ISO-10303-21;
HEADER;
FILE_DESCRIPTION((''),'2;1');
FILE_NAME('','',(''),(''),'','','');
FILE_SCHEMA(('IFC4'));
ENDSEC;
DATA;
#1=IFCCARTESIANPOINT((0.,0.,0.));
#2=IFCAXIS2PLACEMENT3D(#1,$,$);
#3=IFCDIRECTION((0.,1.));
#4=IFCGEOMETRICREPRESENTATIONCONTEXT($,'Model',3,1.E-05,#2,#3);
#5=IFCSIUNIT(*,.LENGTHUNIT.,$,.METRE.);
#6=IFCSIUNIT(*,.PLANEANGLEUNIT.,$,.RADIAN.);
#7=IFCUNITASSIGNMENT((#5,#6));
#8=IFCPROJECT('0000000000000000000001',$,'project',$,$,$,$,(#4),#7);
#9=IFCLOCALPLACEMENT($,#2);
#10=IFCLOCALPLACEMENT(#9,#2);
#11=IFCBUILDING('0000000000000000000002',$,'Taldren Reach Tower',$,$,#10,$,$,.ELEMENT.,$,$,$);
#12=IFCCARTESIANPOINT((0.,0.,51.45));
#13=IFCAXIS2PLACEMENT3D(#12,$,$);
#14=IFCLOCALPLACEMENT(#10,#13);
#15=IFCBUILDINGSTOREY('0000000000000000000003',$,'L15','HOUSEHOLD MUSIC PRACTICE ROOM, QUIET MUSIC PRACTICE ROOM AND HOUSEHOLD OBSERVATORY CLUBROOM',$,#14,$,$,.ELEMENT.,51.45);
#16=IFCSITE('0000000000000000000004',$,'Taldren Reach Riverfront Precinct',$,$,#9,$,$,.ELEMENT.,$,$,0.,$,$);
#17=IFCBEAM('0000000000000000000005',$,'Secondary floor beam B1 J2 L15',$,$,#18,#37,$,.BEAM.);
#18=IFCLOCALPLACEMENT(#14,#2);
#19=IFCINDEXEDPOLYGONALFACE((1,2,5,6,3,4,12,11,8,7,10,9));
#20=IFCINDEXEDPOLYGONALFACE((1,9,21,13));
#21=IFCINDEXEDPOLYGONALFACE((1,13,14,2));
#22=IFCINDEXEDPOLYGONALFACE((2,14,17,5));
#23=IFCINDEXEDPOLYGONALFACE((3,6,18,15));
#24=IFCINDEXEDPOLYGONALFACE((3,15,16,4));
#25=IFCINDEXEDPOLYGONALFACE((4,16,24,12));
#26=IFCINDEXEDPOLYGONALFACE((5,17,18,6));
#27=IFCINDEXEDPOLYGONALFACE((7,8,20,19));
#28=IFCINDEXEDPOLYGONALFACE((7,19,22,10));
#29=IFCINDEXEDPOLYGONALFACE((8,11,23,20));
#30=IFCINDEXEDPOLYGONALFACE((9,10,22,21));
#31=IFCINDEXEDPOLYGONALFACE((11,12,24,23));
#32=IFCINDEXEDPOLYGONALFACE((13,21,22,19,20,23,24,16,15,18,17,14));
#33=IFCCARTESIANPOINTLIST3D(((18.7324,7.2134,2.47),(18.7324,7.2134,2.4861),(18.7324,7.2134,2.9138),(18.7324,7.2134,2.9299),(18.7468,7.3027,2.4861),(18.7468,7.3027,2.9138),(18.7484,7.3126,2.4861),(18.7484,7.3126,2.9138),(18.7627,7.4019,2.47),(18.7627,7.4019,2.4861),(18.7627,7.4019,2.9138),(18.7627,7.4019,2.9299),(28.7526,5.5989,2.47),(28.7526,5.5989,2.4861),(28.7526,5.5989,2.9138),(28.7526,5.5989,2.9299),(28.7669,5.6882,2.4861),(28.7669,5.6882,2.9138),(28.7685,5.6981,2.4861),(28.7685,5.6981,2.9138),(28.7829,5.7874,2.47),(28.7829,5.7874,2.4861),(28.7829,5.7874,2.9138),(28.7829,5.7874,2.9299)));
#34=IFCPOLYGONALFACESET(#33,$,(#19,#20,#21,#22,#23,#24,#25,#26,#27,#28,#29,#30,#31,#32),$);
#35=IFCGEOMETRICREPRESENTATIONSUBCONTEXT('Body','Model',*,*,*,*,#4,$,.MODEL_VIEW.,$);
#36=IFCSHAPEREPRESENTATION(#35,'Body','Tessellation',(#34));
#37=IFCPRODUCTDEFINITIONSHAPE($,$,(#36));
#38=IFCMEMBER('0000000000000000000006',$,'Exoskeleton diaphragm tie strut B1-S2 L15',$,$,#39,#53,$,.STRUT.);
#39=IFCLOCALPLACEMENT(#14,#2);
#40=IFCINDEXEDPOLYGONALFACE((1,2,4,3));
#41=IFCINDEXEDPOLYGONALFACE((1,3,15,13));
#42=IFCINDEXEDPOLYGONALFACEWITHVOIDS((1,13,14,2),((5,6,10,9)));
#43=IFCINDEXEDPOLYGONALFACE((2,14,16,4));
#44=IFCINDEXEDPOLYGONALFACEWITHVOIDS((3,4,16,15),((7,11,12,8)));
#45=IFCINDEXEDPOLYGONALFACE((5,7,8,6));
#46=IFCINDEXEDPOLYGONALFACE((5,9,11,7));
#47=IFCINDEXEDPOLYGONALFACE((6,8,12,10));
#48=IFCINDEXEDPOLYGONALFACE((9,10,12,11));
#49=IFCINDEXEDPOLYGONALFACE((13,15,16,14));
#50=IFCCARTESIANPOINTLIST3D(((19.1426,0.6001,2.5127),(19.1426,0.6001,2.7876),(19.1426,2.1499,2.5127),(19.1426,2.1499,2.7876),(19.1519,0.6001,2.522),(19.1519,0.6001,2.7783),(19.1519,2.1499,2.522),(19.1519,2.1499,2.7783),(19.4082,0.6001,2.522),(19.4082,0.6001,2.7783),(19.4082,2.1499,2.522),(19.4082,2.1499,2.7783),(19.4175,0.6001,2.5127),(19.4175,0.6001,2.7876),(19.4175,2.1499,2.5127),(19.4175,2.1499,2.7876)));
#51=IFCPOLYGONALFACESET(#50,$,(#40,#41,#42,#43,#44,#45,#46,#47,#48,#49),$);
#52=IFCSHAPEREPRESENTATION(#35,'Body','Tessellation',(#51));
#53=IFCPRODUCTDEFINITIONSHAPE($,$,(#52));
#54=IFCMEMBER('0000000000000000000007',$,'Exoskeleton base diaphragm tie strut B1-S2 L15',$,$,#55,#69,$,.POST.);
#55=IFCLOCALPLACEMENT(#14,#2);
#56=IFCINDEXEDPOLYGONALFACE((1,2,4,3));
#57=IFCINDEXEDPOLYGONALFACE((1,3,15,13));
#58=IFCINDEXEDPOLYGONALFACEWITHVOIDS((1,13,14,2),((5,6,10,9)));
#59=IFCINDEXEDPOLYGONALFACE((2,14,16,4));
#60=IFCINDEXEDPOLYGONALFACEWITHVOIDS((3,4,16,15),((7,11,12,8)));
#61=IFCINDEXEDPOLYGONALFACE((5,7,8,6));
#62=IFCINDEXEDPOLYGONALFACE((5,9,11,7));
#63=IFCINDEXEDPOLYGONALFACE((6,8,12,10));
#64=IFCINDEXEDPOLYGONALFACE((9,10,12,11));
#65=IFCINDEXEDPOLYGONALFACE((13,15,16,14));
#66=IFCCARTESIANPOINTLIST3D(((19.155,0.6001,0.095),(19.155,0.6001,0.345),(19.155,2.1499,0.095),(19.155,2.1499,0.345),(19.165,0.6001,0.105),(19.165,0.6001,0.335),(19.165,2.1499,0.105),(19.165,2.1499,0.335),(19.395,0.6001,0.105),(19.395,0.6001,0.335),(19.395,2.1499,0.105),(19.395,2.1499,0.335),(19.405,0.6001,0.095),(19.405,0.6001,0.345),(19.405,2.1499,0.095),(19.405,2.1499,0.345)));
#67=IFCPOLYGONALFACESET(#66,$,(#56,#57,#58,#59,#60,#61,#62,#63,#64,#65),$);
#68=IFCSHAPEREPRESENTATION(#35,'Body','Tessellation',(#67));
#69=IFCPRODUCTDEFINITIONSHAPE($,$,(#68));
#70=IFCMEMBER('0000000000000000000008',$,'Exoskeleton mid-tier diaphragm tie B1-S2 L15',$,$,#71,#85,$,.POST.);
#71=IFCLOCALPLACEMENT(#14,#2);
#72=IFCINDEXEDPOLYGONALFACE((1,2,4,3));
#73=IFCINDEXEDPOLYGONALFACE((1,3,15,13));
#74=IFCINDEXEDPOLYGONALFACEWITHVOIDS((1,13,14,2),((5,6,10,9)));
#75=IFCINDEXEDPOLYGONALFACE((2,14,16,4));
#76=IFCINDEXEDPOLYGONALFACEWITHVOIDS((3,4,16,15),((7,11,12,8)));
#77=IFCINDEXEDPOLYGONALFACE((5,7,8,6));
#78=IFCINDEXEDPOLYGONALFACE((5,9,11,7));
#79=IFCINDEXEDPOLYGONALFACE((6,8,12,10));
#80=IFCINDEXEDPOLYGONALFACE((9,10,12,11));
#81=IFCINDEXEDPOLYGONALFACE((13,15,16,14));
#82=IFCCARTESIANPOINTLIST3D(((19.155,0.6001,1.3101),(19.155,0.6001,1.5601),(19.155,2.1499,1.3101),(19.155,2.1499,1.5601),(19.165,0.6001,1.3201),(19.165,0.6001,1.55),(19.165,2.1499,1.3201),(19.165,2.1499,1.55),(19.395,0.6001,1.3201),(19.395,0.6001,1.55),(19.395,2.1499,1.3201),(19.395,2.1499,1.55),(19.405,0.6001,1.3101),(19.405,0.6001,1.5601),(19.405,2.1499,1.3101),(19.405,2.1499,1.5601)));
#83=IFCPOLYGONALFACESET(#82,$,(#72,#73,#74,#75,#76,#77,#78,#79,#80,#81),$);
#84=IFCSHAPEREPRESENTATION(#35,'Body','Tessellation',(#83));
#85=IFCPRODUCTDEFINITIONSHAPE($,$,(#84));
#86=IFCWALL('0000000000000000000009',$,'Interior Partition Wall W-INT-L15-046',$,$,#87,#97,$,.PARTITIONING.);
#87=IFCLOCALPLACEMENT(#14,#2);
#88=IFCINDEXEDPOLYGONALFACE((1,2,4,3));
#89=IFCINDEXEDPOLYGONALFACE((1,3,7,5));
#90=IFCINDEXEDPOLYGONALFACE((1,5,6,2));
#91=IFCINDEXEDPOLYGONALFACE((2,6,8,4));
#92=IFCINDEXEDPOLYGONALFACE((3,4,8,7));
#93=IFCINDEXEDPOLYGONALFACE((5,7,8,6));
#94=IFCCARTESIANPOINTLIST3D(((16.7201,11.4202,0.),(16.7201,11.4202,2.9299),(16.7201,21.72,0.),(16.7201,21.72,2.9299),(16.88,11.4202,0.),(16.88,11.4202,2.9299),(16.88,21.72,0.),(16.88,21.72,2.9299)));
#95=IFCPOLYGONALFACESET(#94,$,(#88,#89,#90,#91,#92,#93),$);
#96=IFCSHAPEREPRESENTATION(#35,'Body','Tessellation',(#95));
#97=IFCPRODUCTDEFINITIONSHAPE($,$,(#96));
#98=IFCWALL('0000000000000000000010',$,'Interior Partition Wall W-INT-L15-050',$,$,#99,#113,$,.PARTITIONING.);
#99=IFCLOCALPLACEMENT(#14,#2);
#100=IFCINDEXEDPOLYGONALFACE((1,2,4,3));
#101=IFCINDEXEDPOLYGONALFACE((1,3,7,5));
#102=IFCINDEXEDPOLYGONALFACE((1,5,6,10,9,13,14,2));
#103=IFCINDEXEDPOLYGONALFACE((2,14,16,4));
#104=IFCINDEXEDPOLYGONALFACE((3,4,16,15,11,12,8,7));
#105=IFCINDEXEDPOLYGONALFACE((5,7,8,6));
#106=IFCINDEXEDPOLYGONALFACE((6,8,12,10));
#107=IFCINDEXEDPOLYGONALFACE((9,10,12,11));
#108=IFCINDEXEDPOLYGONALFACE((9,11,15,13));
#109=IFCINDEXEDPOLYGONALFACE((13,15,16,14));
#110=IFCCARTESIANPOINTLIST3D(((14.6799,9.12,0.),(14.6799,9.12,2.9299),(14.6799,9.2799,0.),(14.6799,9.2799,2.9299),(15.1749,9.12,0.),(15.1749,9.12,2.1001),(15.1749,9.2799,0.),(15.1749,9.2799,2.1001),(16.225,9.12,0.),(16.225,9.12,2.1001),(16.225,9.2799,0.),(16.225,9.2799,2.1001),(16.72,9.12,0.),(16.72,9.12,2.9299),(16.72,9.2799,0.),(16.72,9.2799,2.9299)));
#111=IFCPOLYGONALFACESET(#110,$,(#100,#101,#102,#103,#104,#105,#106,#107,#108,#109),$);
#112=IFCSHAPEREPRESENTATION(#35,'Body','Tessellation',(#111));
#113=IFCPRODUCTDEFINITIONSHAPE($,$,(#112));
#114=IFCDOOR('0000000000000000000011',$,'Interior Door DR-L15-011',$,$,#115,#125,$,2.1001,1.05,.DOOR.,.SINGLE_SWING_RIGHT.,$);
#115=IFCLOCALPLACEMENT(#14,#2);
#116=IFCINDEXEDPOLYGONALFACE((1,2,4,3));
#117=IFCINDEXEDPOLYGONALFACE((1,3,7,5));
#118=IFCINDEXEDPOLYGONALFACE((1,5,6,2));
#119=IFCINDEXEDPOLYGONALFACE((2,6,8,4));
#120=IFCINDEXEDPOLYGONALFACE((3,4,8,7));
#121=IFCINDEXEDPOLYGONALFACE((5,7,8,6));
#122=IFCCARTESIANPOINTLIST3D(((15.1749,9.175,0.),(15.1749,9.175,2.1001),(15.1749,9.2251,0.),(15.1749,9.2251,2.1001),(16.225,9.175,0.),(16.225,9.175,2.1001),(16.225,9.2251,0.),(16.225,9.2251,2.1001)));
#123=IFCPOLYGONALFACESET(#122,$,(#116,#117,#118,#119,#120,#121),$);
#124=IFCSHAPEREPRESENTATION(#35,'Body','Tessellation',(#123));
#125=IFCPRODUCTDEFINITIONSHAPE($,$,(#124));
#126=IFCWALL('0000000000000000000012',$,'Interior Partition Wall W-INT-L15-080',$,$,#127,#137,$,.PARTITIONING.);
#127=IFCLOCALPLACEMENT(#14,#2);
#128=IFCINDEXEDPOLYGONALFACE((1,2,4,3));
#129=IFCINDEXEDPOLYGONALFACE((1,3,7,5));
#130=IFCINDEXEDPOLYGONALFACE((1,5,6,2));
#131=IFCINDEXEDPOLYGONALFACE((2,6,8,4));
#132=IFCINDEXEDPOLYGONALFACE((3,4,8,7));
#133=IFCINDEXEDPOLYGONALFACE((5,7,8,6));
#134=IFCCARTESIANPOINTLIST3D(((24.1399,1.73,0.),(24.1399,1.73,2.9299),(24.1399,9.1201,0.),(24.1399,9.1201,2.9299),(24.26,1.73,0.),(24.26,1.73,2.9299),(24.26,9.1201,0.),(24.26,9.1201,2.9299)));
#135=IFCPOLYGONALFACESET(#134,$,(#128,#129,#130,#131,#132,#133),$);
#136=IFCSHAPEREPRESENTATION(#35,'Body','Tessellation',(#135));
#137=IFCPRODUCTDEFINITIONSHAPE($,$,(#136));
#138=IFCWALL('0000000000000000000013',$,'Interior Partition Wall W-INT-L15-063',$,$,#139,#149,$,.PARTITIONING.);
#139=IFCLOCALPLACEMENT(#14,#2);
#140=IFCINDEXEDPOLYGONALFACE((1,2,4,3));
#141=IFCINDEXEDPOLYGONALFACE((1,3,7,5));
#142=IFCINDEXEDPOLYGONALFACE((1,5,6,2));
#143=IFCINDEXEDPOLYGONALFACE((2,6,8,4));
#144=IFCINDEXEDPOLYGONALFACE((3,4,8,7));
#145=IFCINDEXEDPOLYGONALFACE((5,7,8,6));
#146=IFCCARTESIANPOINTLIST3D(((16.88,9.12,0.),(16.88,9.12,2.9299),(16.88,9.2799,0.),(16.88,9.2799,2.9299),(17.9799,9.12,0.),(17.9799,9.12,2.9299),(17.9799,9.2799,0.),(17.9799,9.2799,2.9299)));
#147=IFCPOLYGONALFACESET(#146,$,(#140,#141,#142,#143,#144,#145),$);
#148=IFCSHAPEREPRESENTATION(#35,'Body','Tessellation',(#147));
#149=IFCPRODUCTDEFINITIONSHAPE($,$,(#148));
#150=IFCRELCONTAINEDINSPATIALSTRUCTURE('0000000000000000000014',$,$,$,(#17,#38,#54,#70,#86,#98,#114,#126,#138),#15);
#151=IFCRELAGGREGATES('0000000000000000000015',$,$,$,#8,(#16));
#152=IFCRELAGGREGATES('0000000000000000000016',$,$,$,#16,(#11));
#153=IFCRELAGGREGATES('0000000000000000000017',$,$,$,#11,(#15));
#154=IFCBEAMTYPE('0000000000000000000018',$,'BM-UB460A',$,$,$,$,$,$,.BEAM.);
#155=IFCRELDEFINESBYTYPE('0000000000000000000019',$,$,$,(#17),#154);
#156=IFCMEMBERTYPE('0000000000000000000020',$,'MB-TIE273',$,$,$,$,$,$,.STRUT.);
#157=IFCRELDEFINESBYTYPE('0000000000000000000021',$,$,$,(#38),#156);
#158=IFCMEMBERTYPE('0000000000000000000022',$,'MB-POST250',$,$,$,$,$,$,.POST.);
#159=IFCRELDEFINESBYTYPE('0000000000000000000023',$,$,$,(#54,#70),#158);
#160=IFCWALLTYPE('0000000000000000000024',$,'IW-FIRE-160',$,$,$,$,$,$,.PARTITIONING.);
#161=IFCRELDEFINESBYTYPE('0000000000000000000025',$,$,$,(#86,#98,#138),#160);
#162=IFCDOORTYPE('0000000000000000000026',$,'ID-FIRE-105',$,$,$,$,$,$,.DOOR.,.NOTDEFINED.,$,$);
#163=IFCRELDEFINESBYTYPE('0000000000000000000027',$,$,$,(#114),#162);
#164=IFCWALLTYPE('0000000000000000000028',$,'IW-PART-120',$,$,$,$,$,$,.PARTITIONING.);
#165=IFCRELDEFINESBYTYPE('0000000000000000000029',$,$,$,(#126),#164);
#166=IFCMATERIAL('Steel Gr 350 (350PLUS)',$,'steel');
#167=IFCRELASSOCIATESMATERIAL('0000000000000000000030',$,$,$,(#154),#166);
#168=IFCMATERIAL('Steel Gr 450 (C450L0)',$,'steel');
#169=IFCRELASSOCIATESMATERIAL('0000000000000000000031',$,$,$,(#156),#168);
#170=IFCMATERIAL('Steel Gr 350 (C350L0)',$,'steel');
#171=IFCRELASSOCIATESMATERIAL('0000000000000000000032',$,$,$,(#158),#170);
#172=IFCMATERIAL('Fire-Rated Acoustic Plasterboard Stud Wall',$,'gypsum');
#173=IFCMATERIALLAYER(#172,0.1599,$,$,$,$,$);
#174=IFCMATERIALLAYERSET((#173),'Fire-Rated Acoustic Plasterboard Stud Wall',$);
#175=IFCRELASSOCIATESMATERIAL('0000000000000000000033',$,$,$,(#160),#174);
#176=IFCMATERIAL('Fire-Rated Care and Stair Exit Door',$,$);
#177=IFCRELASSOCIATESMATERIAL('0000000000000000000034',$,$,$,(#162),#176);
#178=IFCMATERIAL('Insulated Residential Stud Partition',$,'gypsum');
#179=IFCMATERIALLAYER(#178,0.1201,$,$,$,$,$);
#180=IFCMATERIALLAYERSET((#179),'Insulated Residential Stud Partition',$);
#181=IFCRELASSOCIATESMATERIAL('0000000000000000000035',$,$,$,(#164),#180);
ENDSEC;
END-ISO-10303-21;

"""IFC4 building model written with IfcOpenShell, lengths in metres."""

from ifc_helpers import new_model, si_unit, direction, frame, frame_2d, origin, origin_2d, place, context, subcontext, project, spatial, rectangle, hollow_rectangle, i_section, extrude, source, transform, mapped, material, layer, layer_set, material_profile, profile_set, type_object, element, fill, save


model = new_model("IFC4")

# Units and contexts
model_context = context("Model", 3, precision=1e-05, world=origin(), true_north=direction((0.0, 1.0)))
body_context = subcontext(model_context, "Body", "Model", "MODEL_VIEW")
ifc_project = project(units=[si_unit("LENGTHUNIT", "METRE"), si_unit("PLANEANGLEUNIT", "RADIAN")], contexts=[model_context])

# Site, building, storey
site_placement = place(None, origin())
site = spatial("IfcSite", under=ifc_project, at=site_placement, Name="Taldren Reach Riverfront Precinct", CompositionType="ELEMENT", RefElevation=0.0)
building_placement = place(site_placement, origin())
building = spatial("IfcBuilding", under=site, at=building_placement, Name="Taldren Reach Tower", CompositionType="ELEMENT")
storey_placement = place(building_placement, frame((0.0, 0.0, 51.45)))
storey = spatial("IfcBuildingStorey", under=building, at=storey_placement, Name="L15", Description="HOUSEHOLD MUSIC PRACTICE ROOM, QUIET MUSIC PRACTICE ROOM AND HOUSEHOLD OBSERVATORY CLUBROOM", CompositionType="ELEMENT", Elevation=51.45)

# Shared definitions
ifc_material_1 = material(Name="Steel Gr 350 (350PLUS)", Category="steel")

# Beam
ifc_material_profile_1 = material_profile(ifc_material_1, i_section(OverallWidth=0.1909, OverallDepth=0.46, WebThickness=0.01, FlangeThickness=0.0161, at=origin_2d()), Name="460UB82.1")
ifc_profile_set_1 = profile_set([ifc_material_profile_1], Name="Steel Gr 350 (350PLUS)")
beam_type_1 = type_object("IfcBeamType", Name="BM-UB460A", PredefinedType="BEAM", material=ifc_profile_set_1)
shared_shape_1 = source(origin(), body_context, "Body", "SweptSolid", [
    extrude(i_section(OverallWidth=0.1909, OverallDepth=0.46, WebThickness=0.01, FlangeThickness=0.0161, at=origin_2d()), origin(), (0.0, 0.0, 1.0), 10.1494),
])
beam_1_placement = place(storey_placement, frame((18.7476, 7.3076, 2.7), z_axis=(0.987267, -0.159072, 0.0), x_axis=(0.159072, 0.987267, 0.0)))
element("IfcBeam", 1, at=beam_1_placement, inside=storey, type_object=beam_type_1, Name="Secondary floor beam B1 J2 L15", PredefinedType="BEAM", context=body_context, shape_type="MappedRepresentation", body=[
    mapped(shared_shape_1, transform((0.0, 0.0, 0.0), scale=1.0)),
])

# Members
ifc_material_2 = material(Name="Steel Gr 450 (C450L0)", Category="steel")
ifc_material_profile_2 = material_profile(ifc_material_2, hollow_rectangle(XDim=0.2749, YDim=0.2749, WallThickness=0.0093, at=origin_2d()), Name="275x275x9.3SHS")
ifc_profile_set_2 = profile_set([ifc_material_profile_2], Name="Steel Gr 450 (C450L0)")
member_type_1 = type_object("IfcMemberType", Name="MB-TIE273", PredefinedType="STRUT", material=ifc_profile_set_2)
shared_shape_2 = source(origin(), body_context, "Body", "SweptSolid", [
    extrude(hollow_rectangle(XDim=0.2749, YDim=0.2749, WallThickness=0.0093, at=origin_2d()), origin(), (0.0, 0.0, 1.0), 1.5498),
])
member_placement = place(storey_placement, frame((19.28, 2.1499, 2.6501), z_axis=(0.0, -1.0, 0.0), x_axis=(1.0, 0.0, 0.0)))
element("IfcMember", 2, at=member_placement, inside=storey, type_object=member_type_1, Name="Exoskeleton diaphragm tie strut B1-S2 L15", PredefinedType="STRUT", context=body_context, shape_type="MappedRepresentation", body=[
    mapped(shared_shape_2, transform((0.0, 0.0, 0.0), scale=1.0)),
])
ifc_material_3 = material(Name="Steel Gr 350 (C350L0)", Category="steel")
ifc_material_profile_3 = material_profile(ifc_material_3, hollow_rectangle(XDim=0.25, YDim=0.25, WallThickness=0.01, at=origin_2d()), Name="250x250x10.0SHS")
ifc_profile_set_3 = profile_set([ifc_material_profile_3], Name="Steel Gr 350 (C350L0)")
member_type_2 = type_object("IfcMemberType", Name="MB-POST250", PredefinedType="POST", material=ifc_profile_set_3)
shared_shape_3 = source(origin(), body_context, "Body", "SweptSolid", [
    extrude(hollow_rectangle(XDim=0.25, YDim=0.25, WallThickness=0.01, at=origin_2d()), origin(), (0.0, 0.0, 1.0), 1.5498),
])
for number, where, z_axis, x_axis, name in (
    (3, (19.28, 2.1499, 0.22), (0.0, -1.0, 0.0), (1.0, 0.0, 0.0), "Exoskeleton base diaphragm tie strut B1-S2 L15"),
    (4, (19.28, 2.1499, 1.4351), (0.0, -1.0, 0.0), (1.0, 0.0, 0.0), "Exoskeleton mid-tier diaphragm tie B1-S2 L15"),
):
    element("IfcMember", number, at=place(storey_placement, frame(where, z_axis=z_axis, x_axis=x_axis)), inside=storey, type_object=member_type_2, Name=name, PredefinedType="POST", context=body_context, shape_type="MappedRepresentation", body=[
        mapped(shared_shape_3, transform((0.0, 0.0, 0.0), scale=1.0)),
    ])

# Wall
ifc_material_4 = material(Name="Fire-Rated Acoustic Plasterboard Stud Wall", Category="gypsum")
ifc_layer_1 = layer(ifc_material_4, 0.1599)
ifc_layer_set_1 = layer_set([ifc_layer_1], Name="Fire-Rated Acoustic Plasterboard Stud Wall")
wall_type_1 = type_object("IfcWallType", Name="IW-FIRE-160", PredefinedType="PARTITIONING", material=ifc_layer_set_1)
shared_shape_4 = source(origin(), body_context, "Body", "SweptSolid", [
    extrude(rectangle(XDim=10.2998, YDim=0.1599, at=frame_2d((5.1499, 0.0))), origin(), (0.0, 0.0, 1.0), 2.9299),
])
wall_1_placement = place(storey_placement, frame((16.8, 21.72, 0.0), z_axis=(0.0, 0.0, 1.0), x_axis=(0.0, -1.0, 0.0)))
element("IfcWall", 5, at=wall_1_placement, inside=storey, type_object=wall_type_1, Name="Interior Partition Wall W-INT-L15-046", PredefinedType="PARTITIONING", context=body_context, shape_type="MappedRepresentation", body=[
    mapped(shared_shape_4, transform((0.0, 0.0, 0.0), scale=1.0)),
])

# Wall, opening, door
shared_shape_5 = source(origin(), body_context, "Body", "SweptSolid", [
    extrude(rectangle(XDim=2.04, YDim=0.1599, at=frame_2d((1.02, 0.0))), origin(), (0.0, 0.0, 1.0), 2.9299),
])
wall_2_placement = place(storey_placement, frame((16.72, 9.2, 0.0), z_axis=(0.0, 0.0, 1.0), x_axis=(-1.0, 0.0, 0.0)))
wall_2 = element("IfcWall", 6, at=wall_2_placement, inside=storey, type_object=wall_type_1, Name="Interior Partition Wall W-INT-L15-050", PredefinedType="PARTITIONING", context=body_context, shape_type="MappedRepresentation", body=[
    mapped(shared_shape_5, transform((0.0, 0.0, 0.0), scale=1.0)),
])
shared_shape_6 = source(origin(), body_context, "Body", "SweptSolid", [
    extrude(rectangle(XDim=1.05, YDim=2.1001, at=frame_2d((0.5249, 1.05))), frame((0.0, 0.0898, 0.0), z_axis=(0.0, -1.0, 0.0), x_axis=(1.0, 0.0, 0.0)), (0.0, 0.0, 1.0), 0.1799),
])
opening_1_placement = place(wall_2_placement, frame((0.4951, 0.0, 0.0)))
opening_1 = element("IfcOpeningElement", 7, at=opening_1_placement, cuts=wall_2, PredefinedType="OPENING", context=body_context, shape_type="MappedRepresentation", body=[
    mapped(shared_shape_6, transform((0.0, 0.0, 0.0), scale=1.0)),
])
ifc_material_5 = material(Name="Fire-Rated Care and Stair Exit Door")
door_type_1 = type_object("IfcDoorType", Name="ID-FIRE-105", OperationType="NOTDEFINED", PredefinedType="DOOR", material=ifc_material_5)
shared_shape_7 = source(origin(), body_context, "Body", "SweptSolid", [
    extrude(rectangle(XDim=1.05, YDim=2.1001, at=frame_2d((0.5249, 1.05))), frame((0.0, 0.0249, 0.0), z_axis=(0.0, -1.0, 0.0), x_axis=(1.0, 0.0, 0.0)), (0.0, 0.0, 1.0), 0.05),
])
door_1_placement = place(opening_1_placement, origin())
door_1 = element("IfcDoor", 8, at=door_1_placement, inside=storey, type_object=door_type_1, Name="Interior Door DR-L15-011", OperationType="SINGLE_SWING_RIGHT", OverallHeight=2.1001, OverallWidth=1.05, PredefinedType="DOOR", context=body_context, shape_type="MappedRepresentation", body=[
    mapped(shared_shape_7, transform((0.0, 0.0, 0.0), scale=1.0)),
])
fill(opening_1, door_1)

# Walls
ifc_material_6 = material(Name="Insulated Residential Stud Partition", Category="gypsum")
ifc_layer_2 = layer(ifc_material_6, 0.1201)
ifc_layer_set_2 = layer_set([ifc_layer_2], Name="Insulated Residential Stud Partition")
wall_type_2 = type_object("IfcWallType", Name="IW-PART-120", PredefinedType="PARTITIONING", material=ifc_layer_set_2)
shared_shape_8 = source(origin(), body_context, "Body", "SweptSolid", [
    extrude(rectangle(XDim=7.3901, YDim=0.1201, at=frame_2d((3.6951, 0.0))), origin(), (0.0, 0.0, 1.0), 2.9299),
])
wall_3_placement = place(storey_placement, frame((24.2, 9.1201, 0.0), z_axis=(0.0, 0.0, 1.0), x_axis=(0.0, -1.0, 0.0)))
element("IfcWall", 9, at=wall_3_placement, inside=storey, type_object=wall_type_2, Name="Interior Partition Wall W-INT-L15-080", PredefinedType="PARTITIONING", context=body_context, shape_type="MappedRepresentation", body=[
    mapped(shared_shape_8, transform((0.0, 0.0, 0.0), scale=1.0)),
])
shared_shape_9 = source(origin(), body_context, "Body", "SweptSolid", [
    extrude(rectangle(XDim=1.0999, YDim=0.1599, at=frame_2d((0.5498, 0.0))), origin(), (0.0, 0.0, 1.0), 2.9299),
])
wall_4_placement = place(storey_placement, frame((17.9797, 9.2, 0.0), z_axis=(0.0, 0.0, 1.0), x_axis=(-1.0, 0.0, 0.0)))
element("IfcWall", 10, at=wall_4_placement, inside=storey, type_object=wall_type_1, Name="Interior Partition Wall W-INT-L15-063", PredefinedType="PARTITIONING", context=body_context, shape_type="MappedRepresentation", body=[
    mapped(shared_shape_9, transform((0.0, 0.0, 0.0), scale=1.0)),
])

save(model, "model.ifc")
